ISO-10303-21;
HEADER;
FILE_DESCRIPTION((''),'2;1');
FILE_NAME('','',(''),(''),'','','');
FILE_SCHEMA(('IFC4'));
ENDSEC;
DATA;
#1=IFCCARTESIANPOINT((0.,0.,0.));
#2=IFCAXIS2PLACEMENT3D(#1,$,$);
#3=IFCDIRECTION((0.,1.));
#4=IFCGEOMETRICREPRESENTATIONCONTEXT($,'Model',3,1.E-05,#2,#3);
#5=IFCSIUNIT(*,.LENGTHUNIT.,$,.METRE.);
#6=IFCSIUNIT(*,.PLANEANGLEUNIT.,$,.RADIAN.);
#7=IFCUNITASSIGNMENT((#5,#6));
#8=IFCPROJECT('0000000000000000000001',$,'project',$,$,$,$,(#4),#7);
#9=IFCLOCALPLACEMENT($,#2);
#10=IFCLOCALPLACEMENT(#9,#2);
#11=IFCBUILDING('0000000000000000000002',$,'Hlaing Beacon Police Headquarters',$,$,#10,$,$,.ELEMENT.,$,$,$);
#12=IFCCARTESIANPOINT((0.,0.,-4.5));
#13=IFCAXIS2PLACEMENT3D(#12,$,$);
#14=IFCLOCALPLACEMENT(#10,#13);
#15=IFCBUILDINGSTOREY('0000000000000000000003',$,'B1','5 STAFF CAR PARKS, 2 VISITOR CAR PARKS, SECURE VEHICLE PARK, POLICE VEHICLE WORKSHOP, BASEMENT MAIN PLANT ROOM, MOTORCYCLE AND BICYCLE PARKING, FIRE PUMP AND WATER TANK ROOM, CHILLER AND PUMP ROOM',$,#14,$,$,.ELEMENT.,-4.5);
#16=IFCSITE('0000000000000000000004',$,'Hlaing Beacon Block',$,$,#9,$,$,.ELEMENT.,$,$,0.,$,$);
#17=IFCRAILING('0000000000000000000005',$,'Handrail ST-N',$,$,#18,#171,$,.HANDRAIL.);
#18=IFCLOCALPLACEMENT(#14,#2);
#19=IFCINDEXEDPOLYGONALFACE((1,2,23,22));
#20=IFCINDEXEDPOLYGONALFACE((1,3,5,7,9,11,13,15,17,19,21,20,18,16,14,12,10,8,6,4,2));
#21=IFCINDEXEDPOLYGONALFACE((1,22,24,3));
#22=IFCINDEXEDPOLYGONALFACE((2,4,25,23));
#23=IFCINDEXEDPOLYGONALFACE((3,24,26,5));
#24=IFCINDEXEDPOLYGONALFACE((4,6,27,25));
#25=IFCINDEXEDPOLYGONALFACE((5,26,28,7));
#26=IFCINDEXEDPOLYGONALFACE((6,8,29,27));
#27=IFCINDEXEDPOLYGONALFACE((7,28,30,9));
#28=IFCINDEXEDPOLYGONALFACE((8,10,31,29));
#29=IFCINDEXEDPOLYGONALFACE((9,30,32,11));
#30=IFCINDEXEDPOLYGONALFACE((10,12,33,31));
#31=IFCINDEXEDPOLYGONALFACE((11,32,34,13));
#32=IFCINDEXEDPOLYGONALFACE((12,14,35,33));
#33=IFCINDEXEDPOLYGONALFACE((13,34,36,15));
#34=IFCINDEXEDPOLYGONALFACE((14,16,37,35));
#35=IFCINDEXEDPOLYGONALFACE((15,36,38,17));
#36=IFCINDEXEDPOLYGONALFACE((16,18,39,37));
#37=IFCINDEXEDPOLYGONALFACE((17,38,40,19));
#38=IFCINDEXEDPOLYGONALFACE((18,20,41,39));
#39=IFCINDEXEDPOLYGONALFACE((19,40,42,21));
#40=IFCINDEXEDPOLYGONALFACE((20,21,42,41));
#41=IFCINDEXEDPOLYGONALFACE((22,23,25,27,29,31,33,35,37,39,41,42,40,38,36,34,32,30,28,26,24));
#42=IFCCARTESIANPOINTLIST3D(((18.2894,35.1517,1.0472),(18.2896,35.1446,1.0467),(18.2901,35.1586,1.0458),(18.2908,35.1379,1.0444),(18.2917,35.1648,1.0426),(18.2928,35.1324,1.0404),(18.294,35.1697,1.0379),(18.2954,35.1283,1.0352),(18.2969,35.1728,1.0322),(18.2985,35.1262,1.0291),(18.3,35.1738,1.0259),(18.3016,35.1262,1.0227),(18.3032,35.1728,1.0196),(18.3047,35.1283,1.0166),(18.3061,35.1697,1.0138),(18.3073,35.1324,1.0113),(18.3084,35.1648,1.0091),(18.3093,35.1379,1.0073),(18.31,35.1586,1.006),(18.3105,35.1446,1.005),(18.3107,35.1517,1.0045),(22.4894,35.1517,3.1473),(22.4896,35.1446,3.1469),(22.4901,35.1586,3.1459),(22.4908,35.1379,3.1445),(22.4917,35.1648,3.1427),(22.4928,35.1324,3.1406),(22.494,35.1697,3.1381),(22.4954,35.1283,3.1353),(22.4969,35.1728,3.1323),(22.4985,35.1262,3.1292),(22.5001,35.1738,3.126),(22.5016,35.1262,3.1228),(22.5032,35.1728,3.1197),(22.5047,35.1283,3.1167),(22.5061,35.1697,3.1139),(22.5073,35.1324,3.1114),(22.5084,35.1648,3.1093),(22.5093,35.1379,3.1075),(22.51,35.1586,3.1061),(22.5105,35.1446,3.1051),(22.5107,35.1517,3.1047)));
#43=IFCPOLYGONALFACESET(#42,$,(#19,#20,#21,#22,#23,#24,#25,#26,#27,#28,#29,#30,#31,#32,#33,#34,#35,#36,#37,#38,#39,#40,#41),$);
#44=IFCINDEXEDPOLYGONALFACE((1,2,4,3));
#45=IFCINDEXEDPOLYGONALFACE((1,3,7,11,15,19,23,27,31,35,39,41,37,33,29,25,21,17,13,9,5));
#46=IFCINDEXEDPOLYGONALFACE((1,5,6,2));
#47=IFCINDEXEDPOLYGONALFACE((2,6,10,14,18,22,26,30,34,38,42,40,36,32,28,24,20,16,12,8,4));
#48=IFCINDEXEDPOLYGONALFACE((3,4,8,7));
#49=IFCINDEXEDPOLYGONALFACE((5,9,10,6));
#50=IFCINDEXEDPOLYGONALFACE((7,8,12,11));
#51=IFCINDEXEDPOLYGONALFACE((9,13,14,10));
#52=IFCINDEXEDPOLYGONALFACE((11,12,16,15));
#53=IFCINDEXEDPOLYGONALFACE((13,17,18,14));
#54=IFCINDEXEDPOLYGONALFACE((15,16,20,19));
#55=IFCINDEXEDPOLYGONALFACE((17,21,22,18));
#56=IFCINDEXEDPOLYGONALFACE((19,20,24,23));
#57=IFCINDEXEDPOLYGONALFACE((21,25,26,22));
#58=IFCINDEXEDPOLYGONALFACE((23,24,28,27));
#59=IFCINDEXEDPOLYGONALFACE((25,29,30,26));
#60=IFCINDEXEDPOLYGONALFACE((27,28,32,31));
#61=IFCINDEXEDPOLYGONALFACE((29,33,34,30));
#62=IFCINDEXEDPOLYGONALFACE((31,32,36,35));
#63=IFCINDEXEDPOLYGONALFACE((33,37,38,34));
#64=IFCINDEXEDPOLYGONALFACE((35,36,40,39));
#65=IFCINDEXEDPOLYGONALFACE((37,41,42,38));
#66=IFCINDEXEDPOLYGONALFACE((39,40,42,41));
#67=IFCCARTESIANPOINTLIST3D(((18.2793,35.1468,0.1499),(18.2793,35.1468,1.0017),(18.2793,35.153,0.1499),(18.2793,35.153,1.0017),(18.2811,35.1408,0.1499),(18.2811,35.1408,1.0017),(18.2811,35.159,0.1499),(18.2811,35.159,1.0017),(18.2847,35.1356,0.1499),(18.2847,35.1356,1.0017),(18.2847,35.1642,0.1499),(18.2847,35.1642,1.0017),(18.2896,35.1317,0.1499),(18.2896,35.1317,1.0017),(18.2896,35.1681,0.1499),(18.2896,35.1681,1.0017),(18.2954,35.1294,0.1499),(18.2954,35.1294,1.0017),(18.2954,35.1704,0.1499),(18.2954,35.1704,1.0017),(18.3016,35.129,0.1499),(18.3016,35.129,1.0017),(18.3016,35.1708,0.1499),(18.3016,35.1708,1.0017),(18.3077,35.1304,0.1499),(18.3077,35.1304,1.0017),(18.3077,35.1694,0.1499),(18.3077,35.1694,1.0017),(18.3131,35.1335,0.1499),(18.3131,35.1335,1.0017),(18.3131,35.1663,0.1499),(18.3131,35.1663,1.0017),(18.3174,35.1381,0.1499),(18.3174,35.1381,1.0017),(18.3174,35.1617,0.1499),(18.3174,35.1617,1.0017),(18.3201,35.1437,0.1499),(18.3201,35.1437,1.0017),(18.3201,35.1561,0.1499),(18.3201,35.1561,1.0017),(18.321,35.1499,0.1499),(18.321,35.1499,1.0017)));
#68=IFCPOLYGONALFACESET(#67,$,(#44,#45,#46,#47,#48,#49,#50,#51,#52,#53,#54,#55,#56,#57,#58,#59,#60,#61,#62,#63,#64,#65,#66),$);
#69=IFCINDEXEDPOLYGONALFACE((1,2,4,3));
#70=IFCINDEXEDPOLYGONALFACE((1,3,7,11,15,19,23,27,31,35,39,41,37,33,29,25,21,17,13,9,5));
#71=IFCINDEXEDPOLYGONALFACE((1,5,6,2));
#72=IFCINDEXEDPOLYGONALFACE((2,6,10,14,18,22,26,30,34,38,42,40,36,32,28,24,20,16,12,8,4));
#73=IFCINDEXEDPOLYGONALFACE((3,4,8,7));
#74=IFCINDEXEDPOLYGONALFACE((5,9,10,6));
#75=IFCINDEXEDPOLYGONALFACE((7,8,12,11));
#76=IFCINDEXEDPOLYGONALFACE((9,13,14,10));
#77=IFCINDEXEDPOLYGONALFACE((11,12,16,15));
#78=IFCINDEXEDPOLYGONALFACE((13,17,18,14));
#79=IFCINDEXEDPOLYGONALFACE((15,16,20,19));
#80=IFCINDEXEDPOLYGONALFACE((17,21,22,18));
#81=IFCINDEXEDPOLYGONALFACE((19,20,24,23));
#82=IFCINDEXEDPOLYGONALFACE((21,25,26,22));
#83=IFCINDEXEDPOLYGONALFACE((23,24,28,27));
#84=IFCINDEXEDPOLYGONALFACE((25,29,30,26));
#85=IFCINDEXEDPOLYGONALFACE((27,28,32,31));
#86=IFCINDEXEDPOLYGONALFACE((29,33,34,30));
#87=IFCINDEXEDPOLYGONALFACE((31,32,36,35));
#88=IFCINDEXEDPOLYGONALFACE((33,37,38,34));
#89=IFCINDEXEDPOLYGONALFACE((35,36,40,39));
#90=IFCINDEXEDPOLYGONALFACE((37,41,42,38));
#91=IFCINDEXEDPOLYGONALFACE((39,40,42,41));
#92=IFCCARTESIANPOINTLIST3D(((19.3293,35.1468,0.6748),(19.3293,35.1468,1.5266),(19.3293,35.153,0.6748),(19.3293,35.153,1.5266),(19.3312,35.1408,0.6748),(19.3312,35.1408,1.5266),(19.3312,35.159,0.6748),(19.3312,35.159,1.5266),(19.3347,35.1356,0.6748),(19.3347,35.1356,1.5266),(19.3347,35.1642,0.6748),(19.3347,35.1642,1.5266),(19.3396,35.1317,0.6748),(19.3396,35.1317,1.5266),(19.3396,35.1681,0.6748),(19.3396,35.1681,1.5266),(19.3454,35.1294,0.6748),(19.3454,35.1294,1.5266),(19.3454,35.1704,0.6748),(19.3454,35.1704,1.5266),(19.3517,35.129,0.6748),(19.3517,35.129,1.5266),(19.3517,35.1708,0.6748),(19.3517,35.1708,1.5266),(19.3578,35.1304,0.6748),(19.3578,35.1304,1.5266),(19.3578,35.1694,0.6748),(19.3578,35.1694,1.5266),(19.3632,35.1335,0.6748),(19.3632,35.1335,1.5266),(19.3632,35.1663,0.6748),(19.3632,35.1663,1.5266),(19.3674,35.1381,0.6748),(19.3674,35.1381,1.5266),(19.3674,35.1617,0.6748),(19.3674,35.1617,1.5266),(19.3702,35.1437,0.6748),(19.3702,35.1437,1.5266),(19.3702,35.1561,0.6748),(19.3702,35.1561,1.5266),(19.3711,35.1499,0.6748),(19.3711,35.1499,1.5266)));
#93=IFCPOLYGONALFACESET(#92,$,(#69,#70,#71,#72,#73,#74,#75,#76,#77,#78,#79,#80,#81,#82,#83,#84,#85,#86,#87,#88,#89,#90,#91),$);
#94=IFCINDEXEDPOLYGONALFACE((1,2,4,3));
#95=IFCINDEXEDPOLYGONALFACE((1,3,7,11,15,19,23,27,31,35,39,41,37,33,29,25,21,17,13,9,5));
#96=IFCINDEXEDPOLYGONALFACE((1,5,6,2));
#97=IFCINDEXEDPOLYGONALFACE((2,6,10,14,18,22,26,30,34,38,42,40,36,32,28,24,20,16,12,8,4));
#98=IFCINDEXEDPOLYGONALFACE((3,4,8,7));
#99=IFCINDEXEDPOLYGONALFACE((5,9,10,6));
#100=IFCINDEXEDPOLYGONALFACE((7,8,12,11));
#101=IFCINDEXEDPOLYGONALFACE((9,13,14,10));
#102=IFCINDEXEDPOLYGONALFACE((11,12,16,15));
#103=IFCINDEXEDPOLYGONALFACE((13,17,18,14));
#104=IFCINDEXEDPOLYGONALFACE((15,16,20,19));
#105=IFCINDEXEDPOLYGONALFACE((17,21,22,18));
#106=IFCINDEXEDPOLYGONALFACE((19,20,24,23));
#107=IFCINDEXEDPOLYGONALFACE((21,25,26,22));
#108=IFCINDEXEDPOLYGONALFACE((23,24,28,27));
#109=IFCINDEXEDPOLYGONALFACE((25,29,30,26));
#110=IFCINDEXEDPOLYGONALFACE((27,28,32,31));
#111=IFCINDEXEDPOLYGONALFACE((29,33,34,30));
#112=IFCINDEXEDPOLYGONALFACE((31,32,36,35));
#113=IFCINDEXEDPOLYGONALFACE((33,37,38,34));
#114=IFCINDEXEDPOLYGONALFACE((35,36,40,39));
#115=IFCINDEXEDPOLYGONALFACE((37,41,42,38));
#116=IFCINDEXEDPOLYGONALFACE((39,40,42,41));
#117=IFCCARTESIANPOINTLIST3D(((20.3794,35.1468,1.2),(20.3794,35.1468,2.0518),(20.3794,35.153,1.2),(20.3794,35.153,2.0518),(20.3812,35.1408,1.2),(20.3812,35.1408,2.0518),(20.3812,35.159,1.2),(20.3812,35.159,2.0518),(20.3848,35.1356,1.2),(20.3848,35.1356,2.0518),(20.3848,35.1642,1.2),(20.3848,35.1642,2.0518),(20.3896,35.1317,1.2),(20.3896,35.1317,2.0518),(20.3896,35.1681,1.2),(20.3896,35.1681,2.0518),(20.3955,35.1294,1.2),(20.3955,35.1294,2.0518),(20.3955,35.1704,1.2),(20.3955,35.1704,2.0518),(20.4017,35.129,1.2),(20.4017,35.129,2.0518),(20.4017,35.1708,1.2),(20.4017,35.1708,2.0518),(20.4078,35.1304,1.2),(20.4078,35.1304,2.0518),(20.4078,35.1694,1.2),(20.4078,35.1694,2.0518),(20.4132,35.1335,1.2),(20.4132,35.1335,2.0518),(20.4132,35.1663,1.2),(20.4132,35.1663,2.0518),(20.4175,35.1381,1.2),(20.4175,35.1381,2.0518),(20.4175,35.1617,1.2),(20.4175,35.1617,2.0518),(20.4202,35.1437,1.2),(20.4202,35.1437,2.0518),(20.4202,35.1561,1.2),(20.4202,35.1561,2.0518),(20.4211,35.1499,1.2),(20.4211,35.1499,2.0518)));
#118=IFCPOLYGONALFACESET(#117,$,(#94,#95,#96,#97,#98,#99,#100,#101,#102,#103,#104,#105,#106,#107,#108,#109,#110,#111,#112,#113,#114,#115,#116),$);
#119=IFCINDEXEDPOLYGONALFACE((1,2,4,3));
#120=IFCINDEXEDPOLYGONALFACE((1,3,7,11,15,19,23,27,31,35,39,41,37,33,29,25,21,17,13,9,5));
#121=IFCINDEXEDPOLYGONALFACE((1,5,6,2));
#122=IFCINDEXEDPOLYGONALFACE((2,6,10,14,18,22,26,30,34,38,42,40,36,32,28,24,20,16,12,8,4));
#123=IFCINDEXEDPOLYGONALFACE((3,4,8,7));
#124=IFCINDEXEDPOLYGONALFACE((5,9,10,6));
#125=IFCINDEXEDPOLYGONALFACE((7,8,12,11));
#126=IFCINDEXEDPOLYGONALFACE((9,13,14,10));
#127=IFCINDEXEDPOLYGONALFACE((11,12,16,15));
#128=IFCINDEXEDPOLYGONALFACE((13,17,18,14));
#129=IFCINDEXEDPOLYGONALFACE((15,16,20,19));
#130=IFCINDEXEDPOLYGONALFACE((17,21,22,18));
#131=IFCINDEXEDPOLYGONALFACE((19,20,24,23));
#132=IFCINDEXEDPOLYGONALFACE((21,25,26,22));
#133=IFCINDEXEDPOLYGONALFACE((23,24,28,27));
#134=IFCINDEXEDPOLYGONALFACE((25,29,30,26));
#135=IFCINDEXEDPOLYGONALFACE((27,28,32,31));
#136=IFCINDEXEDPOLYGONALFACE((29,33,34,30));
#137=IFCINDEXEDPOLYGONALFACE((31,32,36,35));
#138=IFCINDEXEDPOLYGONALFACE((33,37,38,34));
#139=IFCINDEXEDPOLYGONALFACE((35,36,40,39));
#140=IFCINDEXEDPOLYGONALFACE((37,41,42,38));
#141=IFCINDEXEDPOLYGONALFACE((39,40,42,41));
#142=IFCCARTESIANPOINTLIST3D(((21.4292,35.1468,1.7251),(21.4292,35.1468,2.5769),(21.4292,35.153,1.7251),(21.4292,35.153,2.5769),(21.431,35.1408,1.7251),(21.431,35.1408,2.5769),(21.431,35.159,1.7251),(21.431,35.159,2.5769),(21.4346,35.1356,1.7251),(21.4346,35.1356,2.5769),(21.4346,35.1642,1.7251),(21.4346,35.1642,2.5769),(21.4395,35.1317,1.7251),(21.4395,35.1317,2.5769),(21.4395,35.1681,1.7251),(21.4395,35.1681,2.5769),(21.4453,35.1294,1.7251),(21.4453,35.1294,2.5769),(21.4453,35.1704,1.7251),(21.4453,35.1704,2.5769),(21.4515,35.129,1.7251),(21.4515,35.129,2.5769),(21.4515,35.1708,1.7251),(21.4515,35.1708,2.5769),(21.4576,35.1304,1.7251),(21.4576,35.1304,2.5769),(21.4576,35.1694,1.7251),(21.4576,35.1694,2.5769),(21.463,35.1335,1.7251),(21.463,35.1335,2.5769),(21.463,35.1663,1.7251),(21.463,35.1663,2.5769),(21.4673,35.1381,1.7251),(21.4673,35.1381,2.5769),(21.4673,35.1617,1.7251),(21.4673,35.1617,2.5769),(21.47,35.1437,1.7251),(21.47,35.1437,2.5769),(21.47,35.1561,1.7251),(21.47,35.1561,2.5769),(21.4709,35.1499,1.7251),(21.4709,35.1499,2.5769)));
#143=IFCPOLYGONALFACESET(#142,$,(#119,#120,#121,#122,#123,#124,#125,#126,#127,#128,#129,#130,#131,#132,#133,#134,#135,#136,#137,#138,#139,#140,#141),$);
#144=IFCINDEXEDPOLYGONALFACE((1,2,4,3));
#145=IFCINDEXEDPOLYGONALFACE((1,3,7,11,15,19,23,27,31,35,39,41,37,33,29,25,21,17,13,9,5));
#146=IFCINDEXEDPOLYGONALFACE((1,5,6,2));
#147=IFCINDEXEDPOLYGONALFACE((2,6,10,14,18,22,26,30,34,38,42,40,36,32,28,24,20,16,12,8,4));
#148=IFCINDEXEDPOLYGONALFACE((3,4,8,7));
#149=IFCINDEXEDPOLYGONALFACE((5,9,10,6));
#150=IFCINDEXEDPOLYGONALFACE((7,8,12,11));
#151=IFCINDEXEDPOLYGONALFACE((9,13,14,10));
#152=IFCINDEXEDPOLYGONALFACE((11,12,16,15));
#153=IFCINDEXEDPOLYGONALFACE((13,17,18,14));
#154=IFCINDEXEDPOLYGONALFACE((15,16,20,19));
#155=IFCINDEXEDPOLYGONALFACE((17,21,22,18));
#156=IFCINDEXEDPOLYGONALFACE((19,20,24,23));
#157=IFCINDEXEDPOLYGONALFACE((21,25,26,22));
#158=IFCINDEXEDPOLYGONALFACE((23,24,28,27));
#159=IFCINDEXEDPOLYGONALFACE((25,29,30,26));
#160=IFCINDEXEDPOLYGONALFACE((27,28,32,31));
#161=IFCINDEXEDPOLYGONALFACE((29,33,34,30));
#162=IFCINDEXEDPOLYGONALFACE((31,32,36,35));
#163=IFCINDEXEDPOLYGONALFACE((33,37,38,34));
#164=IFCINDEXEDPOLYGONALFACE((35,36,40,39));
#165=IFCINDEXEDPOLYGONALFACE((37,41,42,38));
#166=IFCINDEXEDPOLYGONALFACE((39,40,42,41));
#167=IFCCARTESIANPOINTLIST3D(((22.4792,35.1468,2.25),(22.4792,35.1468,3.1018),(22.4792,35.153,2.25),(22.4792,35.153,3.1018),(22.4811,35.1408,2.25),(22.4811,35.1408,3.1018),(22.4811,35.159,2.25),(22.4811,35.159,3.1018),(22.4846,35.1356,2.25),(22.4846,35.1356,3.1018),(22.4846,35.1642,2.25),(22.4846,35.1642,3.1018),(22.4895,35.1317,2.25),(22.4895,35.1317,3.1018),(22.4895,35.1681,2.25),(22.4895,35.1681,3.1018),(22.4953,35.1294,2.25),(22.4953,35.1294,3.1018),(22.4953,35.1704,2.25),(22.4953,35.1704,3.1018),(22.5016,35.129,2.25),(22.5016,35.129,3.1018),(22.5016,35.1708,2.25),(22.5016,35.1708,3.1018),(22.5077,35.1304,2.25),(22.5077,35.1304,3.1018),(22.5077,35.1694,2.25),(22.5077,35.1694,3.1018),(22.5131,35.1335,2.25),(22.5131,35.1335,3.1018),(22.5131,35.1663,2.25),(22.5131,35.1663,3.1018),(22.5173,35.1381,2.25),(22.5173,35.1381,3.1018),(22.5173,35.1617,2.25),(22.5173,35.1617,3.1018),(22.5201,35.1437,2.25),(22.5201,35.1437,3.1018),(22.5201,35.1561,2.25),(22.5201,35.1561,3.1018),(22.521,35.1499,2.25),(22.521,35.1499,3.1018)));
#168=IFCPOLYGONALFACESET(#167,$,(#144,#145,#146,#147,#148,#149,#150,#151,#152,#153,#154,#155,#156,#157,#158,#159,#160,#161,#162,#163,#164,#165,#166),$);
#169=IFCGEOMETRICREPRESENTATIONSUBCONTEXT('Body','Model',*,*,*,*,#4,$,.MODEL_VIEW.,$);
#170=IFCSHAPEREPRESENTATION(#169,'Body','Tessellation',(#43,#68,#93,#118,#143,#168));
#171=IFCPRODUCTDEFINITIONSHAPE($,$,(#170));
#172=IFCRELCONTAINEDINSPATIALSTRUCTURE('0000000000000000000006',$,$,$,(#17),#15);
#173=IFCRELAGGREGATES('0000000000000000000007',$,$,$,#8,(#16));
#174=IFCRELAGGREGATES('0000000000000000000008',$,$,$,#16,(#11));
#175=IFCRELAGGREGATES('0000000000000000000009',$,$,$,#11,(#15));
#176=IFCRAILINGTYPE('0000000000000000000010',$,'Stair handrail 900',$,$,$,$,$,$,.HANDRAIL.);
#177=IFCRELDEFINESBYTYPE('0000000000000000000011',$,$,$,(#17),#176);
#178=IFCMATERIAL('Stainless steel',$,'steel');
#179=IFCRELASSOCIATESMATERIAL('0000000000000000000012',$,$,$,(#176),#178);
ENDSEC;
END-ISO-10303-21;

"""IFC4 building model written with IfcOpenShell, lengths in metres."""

from ifc_helpers import new_model, si_unit, direction, frame, origin, origin_2d, place, context, subcontext, project, spatial, circle, extrude, material, type_object, element, save


model = new_model("IFC4")

# Units and contexts
model_context = context("Model", 3, precision=1e-05, world=origin(), true_north=direction((0.0, 1.0)))
body_context = subcontext(model_context, "Body", "Model", "MODEL_VIEW")
ifc_project = project(units=[si_unit("LENGTHUNIT", "METRE"), si_unit("PLANEANGLEUNIT", "RADIAN")], contexts=[model_context])

# Site, building, storey
site_placement = place(None, origin())
site = spatial("IfcSite", under=ifc_project, at=site_placement, Name="Hlaing Beacon Block", CompositionType="ELEMENT", RefElevation=0.0)
building_placement = place(site_placement, origin())
building = spatial("IfcBuilding", under=site, at=building_placement, Name="Hlaing Beacon Police Headquarters", CompositionType="ELEMENT")
storey_placement = place(building_placement, frame((0.0, 0.0, -4.5)))
storey = spatial("IfcBuildingStorey", under=building, at=storey_placement, Name="B1", Description="5 STAFF CAR PARKS, 2 VISITOR CAR PARKS, SECURE VEHICLE PARK, POLICE VEHICLE WORKSHOP, BASEMENT MAIN PLANT ROOM, MOTORCYCLE AND BICYCLE PARKING, FIRE PUMP AND WATER TANK ROOM, CHILLER AND PUMP ROOM", CompositionType="ELEMENT", Elevation=-4.5)

# Railing
ifc_material_1 = material(Name="Stainless steel", Category="steel")
railing_type = type_object("IfcRailingType", Name="Stair handrail 900", PredefinedType="HANDRAIL", material=ifc_material_1)
for number, where, name in (
    (1, (18.3, 35.1499, 0.1499), "Handrail ST-N"),
):
    element("IfcRailing", number, at=place(storey_placement, frame(where)), inside=storey, type_object=railing_type, Name=name, PredefinedType="HANDRAIL", context=body_context, shape_type="SweptSolid", body=[
        extrude(circle(Radius=0.0239, at=origin_2d()), frame((0.0, 0.0, 0.876), z_axis=(0.894417, 0.0, 0.447234), x_axis=(0.0, 1.0, 0.0)), (0.0, 0.0, 1.0), 4.6958),
        extrude(circle(Radius=0.021, at=origin_2d()), origin(), (0.0, 0.0, 1.0), 0.8518),
        extrude(circle(Radius=0.021, at=origin_2d()), frame((1.05, 0.0, 0.5249)), (0.0, 0.0, 1.0), 0.8518),
        extrude(circle(Radius=0.021, at=origin_2d()), frame((2.1001, 0.0, 1.05)), (0.0, 0.0, 1.0), 0.8518),
        extrude(circle(Radius=0.021, at=origin_2d()), frame((3.1499, 0.0, 1.5752)), (0.0, 0.0, 1.0), 0.8518),
        extrude(circle(Radius=0.021, at=origin_2d()), frame((4.2, 0.0, 2.1001)), (0.0, 0.0, 1.0), 0.8518),
    ])

save(model, "model.ifc")
